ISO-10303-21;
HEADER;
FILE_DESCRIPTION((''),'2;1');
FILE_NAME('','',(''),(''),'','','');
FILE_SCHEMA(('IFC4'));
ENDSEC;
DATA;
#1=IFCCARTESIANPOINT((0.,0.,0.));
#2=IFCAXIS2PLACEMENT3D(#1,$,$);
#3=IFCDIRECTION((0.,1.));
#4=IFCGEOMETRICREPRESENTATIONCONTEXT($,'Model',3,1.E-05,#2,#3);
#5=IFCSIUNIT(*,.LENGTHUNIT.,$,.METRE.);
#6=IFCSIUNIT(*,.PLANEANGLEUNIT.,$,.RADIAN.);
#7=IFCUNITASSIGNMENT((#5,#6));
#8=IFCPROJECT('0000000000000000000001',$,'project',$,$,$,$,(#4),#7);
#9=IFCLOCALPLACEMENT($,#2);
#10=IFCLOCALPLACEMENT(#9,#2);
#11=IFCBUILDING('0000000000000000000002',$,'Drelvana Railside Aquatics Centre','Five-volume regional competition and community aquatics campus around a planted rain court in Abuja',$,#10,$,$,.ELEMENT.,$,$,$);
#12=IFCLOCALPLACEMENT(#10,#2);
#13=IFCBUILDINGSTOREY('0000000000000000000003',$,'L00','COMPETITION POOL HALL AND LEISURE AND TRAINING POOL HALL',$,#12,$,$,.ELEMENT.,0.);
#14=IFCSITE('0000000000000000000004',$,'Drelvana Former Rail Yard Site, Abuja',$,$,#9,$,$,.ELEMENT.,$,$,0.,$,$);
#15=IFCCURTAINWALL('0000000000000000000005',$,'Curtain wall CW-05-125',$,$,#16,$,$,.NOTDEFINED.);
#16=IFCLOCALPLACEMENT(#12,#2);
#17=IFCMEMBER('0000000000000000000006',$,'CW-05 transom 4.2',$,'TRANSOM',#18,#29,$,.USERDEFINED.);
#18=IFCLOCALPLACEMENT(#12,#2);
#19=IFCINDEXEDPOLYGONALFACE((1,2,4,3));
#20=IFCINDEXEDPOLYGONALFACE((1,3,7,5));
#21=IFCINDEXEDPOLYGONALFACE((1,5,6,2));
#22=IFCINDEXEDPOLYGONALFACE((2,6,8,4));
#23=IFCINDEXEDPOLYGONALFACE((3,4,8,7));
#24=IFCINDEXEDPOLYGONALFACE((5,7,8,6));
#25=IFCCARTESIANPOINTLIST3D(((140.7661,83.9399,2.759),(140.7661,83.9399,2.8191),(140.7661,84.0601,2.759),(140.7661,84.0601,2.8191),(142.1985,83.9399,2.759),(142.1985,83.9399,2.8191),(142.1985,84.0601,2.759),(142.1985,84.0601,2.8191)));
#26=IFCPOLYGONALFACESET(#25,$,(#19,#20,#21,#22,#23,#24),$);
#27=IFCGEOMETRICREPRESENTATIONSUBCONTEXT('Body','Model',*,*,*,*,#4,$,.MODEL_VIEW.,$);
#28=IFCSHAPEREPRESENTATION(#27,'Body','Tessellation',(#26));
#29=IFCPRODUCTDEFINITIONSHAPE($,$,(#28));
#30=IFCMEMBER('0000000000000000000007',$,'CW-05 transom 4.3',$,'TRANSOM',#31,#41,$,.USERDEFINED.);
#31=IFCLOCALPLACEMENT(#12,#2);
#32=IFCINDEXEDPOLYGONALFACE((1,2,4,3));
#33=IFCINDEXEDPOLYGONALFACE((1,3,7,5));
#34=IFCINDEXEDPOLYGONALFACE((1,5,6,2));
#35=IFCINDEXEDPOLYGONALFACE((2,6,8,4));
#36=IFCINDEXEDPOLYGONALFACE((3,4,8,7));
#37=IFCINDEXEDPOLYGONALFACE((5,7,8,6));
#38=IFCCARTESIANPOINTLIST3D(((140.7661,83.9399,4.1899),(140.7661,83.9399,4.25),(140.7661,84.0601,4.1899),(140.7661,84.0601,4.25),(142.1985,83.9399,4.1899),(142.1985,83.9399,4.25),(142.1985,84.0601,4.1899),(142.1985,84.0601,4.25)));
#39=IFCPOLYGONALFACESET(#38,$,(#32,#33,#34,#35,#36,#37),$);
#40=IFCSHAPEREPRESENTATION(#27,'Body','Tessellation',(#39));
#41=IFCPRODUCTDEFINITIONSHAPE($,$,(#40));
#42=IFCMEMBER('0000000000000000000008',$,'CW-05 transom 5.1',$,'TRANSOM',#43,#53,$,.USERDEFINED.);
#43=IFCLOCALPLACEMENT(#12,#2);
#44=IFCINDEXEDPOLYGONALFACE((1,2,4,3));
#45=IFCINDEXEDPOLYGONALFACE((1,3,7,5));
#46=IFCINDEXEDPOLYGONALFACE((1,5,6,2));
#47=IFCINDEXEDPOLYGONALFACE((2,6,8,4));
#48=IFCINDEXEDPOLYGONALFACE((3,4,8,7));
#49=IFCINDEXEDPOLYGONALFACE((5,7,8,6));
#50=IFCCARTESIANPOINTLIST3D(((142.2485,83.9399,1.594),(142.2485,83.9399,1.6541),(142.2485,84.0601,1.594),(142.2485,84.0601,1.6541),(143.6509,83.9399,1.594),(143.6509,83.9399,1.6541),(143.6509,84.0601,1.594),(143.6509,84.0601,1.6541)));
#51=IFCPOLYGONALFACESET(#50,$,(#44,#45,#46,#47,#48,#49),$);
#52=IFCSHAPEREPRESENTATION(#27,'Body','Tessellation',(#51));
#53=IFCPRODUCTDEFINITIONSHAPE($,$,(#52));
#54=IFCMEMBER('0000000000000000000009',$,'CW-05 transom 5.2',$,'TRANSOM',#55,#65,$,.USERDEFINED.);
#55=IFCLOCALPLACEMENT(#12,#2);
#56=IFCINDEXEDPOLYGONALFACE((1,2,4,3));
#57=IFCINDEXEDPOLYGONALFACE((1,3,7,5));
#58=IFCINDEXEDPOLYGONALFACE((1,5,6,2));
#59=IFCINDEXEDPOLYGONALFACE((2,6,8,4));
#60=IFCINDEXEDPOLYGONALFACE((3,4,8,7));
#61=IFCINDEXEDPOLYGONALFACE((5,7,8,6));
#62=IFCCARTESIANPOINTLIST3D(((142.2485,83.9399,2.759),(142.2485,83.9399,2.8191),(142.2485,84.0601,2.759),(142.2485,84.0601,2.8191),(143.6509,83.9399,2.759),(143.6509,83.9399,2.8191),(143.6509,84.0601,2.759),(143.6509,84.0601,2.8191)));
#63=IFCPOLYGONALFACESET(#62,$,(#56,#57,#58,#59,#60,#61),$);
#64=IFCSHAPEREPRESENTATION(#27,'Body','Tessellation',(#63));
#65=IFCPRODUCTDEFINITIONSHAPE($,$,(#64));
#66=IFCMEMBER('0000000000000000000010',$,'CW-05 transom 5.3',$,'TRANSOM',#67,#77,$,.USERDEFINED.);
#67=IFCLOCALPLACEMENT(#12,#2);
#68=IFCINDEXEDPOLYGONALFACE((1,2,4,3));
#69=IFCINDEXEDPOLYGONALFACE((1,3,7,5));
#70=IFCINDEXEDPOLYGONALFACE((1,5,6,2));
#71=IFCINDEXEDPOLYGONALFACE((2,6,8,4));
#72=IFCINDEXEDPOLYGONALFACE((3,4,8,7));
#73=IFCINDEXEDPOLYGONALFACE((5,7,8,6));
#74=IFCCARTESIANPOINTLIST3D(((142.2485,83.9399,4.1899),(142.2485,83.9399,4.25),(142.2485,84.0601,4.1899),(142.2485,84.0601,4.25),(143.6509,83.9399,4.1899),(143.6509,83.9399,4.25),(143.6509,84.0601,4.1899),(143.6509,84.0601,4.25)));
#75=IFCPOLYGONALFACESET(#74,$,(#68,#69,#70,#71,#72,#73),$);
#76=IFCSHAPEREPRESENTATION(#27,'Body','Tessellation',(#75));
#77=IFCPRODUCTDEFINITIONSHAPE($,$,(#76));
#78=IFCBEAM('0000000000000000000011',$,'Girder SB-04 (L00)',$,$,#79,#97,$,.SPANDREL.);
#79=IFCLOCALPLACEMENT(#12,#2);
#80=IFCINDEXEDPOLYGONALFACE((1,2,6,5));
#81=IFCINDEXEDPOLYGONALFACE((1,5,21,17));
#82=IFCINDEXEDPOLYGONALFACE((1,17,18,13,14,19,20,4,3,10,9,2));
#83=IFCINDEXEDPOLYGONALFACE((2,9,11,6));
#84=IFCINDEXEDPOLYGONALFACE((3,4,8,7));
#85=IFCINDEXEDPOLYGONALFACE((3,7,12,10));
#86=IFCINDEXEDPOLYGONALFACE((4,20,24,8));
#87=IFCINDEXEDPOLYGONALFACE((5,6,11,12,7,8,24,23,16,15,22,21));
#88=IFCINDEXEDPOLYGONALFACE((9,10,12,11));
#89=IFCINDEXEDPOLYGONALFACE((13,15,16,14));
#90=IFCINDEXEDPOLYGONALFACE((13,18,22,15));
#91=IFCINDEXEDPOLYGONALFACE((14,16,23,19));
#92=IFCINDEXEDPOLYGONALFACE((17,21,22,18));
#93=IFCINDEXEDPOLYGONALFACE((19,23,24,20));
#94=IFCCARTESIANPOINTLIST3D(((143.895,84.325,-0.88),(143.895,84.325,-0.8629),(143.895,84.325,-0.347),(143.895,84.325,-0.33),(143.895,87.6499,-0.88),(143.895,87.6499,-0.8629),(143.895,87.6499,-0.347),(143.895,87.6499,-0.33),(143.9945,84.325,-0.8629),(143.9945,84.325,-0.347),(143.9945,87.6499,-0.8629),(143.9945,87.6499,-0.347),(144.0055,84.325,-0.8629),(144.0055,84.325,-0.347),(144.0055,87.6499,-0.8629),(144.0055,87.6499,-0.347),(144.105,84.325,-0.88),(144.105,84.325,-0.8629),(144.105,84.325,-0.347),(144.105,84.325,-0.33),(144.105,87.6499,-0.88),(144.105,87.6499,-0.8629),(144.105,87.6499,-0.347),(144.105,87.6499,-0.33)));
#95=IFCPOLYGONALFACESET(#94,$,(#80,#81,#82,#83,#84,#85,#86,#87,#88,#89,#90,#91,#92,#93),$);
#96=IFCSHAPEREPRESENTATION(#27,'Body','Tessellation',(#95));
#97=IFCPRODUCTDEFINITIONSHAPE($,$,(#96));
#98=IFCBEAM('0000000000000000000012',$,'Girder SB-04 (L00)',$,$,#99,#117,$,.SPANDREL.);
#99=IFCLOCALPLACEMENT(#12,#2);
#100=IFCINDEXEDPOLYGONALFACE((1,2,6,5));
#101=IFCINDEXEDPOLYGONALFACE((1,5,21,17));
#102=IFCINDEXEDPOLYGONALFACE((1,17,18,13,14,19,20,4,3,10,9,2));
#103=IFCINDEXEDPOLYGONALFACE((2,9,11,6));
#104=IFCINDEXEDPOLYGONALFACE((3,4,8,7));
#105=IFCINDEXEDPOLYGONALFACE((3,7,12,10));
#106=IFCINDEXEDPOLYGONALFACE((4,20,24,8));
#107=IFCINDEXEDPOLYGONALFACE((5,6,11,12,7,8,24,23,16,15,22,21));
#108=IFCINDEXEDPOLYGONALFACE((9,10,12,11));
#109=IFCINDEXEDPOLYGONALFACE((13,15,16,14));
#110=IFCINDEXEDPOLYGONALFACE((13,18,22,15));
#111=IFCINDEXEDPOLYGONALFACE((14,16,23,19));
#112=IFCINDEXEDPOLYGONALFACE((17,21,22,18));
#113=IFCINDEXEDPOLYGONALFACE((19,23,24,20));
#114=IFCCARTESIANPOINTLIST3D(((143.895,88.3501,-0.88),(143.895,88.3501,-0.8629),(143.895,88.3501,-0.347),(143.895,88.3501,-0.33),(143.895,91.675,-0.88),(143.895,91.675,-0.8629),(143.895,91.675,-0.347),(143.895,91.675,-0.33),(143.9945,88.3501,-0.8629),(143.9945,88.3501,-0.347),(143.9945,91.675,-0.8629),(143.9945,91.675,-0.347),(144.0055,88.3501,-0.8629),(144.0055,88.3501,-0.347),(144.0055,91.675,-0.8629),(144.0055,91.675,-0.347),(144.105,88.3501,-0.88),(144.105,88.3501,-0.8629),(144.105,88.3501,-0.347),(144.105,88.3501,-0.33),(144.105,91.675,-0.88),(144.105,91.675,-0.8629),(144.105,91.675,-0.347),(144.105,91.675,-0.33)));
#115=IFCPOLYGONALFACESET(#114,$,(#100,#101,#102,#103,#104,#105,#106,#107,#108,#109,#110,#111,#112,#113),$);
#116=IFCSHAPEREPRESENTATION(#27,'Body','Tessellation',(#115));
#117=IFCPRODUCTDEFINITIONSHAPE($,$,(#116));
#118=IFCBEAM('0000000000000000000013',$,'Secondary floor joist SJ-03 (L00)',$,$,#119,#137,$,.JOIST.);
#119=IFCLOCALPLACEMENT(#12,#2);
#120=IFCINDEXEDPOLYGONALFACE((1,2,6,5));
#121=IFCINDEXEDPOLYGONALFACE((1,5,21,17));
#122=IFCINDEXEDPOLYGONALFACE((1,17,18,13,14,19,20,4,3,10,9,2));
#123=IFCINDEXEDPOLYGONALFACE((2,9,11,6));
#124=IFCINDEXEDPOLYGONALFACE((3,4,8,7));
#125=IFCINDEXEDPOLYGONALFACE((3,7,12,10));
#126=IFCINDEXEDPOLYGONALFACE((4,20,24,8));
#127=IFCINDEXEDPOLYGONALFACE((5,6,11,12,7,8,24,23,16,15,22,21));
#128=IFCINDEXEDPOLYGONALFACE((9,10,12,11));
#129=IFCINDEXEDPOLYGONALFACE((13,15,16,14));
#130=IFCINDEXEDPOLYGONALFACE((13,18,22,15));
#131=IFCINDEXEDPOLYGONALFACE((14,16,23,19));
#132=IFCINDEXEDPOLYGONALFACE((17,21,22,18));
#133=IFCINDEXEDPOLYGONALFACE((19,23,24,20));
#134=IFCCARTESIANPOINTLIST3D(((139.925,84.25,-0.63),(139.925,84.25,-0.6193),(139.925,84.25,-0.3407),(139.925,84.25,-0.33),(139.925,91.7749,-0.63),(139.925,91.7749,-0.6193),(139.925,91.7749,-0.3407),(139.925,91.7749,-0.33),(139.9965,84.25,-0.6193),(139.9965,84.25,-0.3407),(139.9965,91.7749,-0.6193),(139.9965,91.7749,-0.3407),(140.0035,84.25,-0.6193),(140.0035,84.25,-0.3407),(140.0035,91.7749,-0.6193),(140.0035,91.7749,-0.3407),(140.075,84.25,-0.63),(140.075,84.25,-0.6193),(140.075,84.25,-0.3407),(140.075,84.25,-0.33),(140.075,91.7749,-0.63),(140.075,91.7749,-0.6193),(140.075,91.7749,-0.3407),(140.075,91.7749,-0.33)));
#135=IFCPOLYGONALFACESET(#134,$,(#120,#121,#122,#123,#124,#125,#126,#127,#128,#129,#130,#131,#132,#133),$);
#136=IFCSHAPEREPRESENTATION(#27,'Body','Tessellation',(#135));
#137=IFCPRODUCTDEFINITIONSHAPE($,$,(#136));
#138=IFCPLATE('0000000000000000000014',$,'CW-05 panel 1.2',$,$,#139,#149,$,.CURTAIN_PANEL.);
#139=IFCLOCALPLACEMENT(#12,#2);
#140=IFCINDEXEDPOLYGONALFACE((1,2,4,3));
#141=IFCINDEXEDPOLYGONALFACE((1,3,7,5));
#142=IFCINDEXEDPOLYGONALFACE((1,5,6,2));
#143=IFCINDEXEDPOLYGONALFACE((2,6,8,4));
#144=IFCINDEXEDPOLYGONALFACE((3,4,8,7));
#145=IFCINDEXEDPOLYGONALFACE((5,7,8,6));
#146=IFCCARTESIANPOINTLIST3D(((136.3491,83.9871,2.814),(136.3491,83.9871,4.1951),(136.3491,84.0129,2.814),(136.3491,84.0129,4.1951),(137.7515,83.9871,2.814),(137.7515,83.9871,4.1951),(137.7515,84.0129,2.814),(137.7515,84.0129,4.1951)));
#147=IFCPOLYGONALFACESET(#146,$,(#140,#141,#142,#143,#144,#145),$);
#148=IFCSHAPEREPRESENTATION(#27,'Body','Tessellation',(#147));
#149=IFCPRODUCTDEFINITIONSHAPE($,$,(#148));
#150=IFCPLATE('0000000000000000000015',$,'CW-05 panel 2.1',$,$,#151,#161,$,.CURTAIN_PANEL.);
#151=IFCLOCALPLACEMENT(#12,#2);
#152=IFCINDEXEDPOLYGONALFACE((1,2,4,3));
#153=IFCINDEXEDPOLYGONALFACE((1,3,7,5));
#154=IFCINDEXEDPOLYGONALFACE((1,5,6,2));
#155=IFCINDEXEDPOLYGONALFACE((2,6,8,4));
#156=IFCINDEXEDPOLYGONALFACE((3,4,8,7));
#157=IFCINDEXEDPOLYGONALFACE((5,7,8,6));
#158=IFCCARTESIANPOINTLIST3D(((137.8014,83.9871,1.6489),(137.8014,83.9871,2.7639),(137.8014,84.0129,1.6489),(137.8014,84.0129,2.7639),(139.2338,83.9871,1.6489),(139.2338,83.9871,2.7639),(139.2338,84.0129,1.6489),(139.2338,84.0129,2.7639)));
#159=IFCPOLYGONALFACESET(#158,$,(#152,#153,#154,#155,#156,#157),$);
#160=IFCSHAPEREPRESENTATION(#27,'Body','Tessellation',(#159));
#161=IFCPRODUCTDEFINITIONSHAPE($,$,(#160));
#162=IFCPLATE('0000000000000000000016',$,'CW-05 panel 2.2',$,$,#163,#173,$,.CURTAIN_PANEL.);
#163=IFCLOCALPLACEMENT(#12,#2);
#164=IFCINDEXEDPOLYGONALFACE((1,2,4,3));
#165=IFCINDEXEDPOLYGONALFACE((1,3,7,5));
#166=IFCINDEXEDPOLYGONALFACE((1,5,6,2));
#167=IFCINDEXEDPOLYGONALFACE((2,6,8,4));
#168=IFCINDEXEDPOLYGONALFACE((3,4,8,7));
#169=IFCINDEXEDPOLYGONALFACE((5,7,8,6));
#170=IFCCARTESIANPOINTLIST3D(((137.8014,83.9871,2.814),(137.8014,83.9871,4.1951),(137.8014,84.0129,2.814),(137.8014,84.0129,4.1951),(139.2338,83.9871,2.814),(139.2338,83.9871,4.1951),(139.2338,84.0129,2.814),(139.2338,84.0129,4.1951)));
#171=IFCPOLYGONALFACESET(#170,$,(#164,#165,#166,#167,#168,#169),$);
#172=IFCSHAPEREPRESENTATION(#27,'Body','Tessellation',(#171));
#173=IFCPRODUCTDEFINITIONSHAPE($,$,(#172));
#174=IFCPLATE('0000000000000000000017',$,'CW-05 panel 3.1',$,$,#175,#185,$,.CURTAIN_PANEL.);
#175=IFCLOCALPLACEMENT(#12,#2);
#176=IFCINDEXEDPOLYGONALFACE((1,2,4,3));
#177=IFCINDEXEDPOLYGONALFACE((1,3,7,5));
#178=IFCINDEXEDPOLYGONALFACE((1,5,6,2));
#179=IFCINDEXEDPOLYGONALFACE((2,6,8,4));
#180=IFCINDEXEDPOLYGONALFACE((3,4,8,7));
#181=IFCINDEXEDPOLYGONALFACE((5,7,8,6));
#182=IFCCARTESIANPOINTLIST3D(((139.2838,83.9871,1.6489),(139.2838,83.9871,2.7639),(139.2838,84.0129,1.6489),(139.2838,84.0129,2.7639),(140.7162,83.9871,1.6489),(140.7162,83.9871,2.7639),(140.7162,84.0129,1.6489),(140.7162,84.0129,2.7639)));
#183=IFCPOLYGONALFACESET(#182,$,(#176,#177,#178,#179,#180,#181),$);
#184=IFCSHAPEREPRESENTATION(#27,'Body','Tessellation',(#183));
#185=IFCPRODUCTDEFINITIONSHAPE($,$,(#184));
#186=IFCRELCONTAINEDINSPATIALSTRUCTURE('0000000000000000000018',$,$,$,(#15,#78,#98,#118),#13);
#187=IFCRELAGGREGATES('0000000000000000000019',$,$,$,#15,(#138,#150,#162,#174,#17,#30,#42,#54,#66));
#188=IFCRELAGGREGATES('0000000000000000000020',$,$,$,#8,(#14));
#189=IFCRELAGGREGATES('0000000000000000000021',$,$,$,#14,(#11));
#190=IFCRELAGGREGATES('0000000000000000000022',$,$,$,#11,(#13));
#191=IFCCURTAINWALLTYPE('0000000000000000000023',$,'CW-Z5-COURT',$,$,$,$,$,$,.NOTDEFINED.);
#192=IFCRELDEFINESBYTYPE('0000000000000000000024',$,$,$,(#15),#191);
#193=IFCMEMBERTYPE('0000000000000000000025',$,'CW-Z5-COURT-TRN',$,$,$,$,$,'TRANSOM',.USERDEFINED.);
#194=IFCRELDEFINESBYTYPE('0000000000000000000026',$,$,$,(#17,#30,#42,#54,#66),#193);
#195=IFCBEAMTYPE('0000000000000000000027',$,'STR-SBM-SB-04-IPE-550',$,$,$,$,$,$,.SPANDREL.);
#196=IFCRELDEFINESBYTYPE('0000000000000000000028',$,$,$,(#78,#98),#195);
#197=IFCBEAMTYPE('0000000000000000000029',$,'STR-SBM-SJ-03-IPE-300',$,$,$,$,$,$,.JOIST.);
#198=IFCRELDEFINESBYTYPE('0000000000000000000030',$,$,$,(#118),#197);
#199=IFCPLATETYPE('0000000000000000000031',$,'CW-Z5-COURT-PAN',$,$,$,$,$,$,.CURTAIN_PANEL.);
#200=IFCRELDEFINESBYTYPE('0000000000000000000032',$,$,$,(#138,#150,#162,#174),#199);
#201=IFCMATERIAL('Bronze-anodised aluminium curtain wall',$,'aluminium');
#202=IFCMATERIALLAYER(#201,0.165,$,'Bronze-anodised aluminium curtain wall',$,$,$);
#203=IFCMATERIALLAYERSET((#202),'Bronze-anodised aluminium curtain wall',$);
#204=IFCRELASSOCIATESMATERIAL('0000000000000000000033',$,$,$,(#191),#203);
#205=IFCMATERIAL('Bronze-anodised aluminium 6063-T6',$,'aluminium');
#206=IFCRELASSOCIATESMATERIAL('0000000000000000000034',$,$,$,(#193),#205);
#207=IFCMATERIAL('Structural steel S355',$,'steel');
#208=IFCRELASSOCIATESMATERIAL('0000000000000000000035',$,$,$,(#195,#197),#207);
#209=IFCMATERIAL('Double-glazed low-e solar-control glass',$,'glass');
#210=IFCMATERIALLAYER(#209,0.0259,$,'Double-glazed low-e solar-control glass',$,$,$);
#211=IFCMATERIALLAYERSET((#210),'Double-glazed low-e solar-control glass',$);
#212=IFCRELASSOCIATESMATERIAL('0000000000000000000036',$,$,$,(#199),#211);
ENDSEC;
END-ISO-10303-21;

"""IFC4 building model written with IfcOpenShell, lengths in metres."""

from ifc_helpers import new_model, si_unit, direction, frame, origin, origin_2d, place, context, subcontext, project, spatial, rectangle, i_section, extrude, material, layer, layer_set, material_profile, profile_set, type_object, element, aggregate, save


model = new_model("IFC4")

# Units and contexts
model_context = context("Model", 3, precision=1e-05, world=origin(), true_north=direction((0.0, 1.0)))
body_context = subcontext(model_context, "Body", "Model", "MODEL_VIEW")
ifc_project = project(units=[si_unit("LENGTHUNIT", "METRE"), si_unit("PLANEANGLEUNIT", "RADIAN")], contexts=[model_context])

# Site, building, storey
site_placement = place(None, origin())
site = spatial("IfcSite", under=ifc_project, at=site_placement, Name="Drelvana Former Rail Yard Site, Abuja", CompositionType="ELEMENT", RefElevation=0.0)
building_placement = place(site_placement, origin())
building = spatial("IfcBuilding", under=site, at=building_placement, Name="Drelvana Railside Aquatics Centre", Description="Five-volume regional competition and community aquatics campus around a planted rain court in Abuja", CompositionType="ELEMENT")
storey_placement = place(building_placement, origin())
storey = spatial("IfcBuildingStorey", under=building, at=storey_placement, Name="L00", Description="COMPETITION POOL HALL AND LEISURE AND TRAINING POOL HALL", CompositionType="ELEMENT", Elevation=0.0)

# Curtain wall, members
ifc_material_1 = material(Name="Bronze-anodised aluminium curtain wall", Category="aluminium")
ifc_layer_1 = layer(ifc_material_1, 0.165, Name="Bronze-anodised aluminium curtain wall")
ifc_layer_set_1 = layer_set([ifc_layer_1], Name="Bronze-anodised aluminium curtain wall")
curtain_wall_type = type_object("IfcCurtainWallType", Name="CW-Z5-COURT", PredefinedType="NOTDEFINED", material=ifc_layer_set_1)
curtain_wall_placement = place(storey_placement, origin())
curtain_wall = element("IfcCurtainWall", 1, at=curtain_wall_placement, inside=storey, type_object=curtain_wall_type, Name="Curtain wall CW-05-125", PredefinedType="NOTDEFINED")
ifc_material_2 = material(Name="Bronze-anodised aluminium 6063-T6", Category="aluminium")
ifc_material_profile_1 = material_profile(ifc_material_2, rectangle(XDim=0.1201, YDim=0.0601, at=origin_2d()), Name="ALU-T 60x120")
ifc_profile_set_1 = profile_set([ifc_material_profile_1], Name="Bronze-anodised aluminium 6063-T6")
member_type_1 = type_object("IfcMemberType", Name="CW-Z5-COURT-TRN", ElementType="TRANSOM", PredefinedType="USERDEFINED", material=ifc_profile_set_1)
member_1_placement = place(storey_placement, frame((140.7661, 84.0, 2.7891), z_axis=(1.0, 0.0, 0.0), x_axis=(0.0, 1.0, 0.0)))
member_1 = element("IfcMember", 2, at=member_1_placement, type_object=member_type_1, Name="CW-05 transom 4.2", ObjectType="TRANSOM", PredefinedType="USERDEFINED", context=body_context, shape_type="SweptSolid", body=[
    extrude(rectangle(XDim=0.1201, YDim=0.0601, at=origin_2d()), origin(), (0.0, 0.0, 1.0), 1.4324),
])
member_2_placement = place(storey_placement, frame((140.7661, 84.0, 4.22), z_axis=(1.0, 0.0, 0.0), x_axis=(0.0, 1.0, 0.0)))
member_2 = element("IfcMember", 3, at=member_2_placement, type_object=member_type_1, Name="CW-05 transom 4.3", ObjectType="TRANSOM", PredefinedType="USERDEFINED", context=body_context, shape_type="SweptSolid", body=[
    extrude(rectangle(XDim=0.1201, YDim=0.0601, at=origin_2d()), origin(), (0.0, 0.0, 1.0), 1.4324),
])
member_3_placement = place(storey_placement, frame((142.2485, 84.0, 1.624), z_axis=(1.0, 0.0, 0.0), x_axis=(0.0, 1.0, 0.0)))
member_3 = element("IfcMember", 4, at=member_3_placement, type_object=member_type_1, Name="CW-05 transom 5.1", ObjectType="TRANSOM", PredefinedType="USERDEFINED", context=body_context, shape_type="SweptSolid", body=[
    extrude(rectangle(XDim=0.1201, YDim=0.0601, at=origin_2d()), origin(), (0.0, 0.0, 1.0), 1.4023),
])
member_4_placement = place(storey_placement, frame((142.2485, 84.0, 2.7891), z_axis=(1.0, 0.0, 0.0), x_axis=(0.0, 1.0, 0.0)))
member_4 = element("IfcMember", 5, at=member_4_placement, type_object=member_type_1, Name="CW-05 transom 5.2", ObjectType="TRANSOM", PredefinedType="USERDEFINED", context=body_context, shape_type="SweptSolid", body=[
    extrude(rectangle(XDim=0.1201, YDim=0.0601, at=origin_2d()), origin(), (0.0, 0.0, 1.0), 1.4023),
])
member_5_placement = place(storey_placement, frame((142.2485, 84.0, 4.22), z_axis=(1.0, 0.0, 0.0), x_axis=(0.0, 1.0, 0.0)))
member_5 = element("IfcMember", 6, at=member_5_placement, type_object=member_type_1, Name="CW-05 transom 5.3", ObjectType="TRANSOM", PredefinedType="USERDEFINED", context=body_context, shape_type="SweptSolid", body=[
    extrude(rectangle(XDim=0.1201, YDim=0.0601, at=origin_2d()), origin(), (0.0, 0.0, 1.0), 1.4023),
])

# Beams
ifc_material_3 = material(Name="Structural steel S355", Category="steel")
ifc_material_profile_2 = material_profile(ifc_material_3, i_section(OverallWidth=0.21, OverallDepth=0.55, WebThickness=0.011, FlangeThickness=0.0171, at=origin_2d()), Name="IPE 550")
ifc_profile_set_2 = profile_set([ifc_material_profile_2], Name="Structural steel S355")
beam_type_1 = type_object("IfcBeamType", Name="STR-SBM-SB-04-IPE-550", PredefinedType="SPANDREL", material=ifc_profile_set_2)
for number, where, z_axis, x_axis, name in (
    (7, (144.0, 84.325, -0.605), (0.0, 1.0, 0.0), (-1.0, 0.0, 0.0), "Girder SB-04 (L00)"),
    (8, (144.0, 88.3501, -0.605), (0.0, 1.0, 0.0), (-1.0, 0.0, 0.0), "Girder SB-04 (L00)"),
):
    element("IfcBeam", number, at=place(storey_placement, frame(where, z_axis=z_axis, x_axis=x_axis)), inside=storey, type_object=beam_type_1, Name=name, PredefinedType="SPANDREL", context=body_context, shape_type="SweptSolid", body=[
        extrude(i_section(OverallWidth=0.21, OverallDepth=0.55, WebThickness=0.011, FlangeThickness=0.0171, at=origin_2d()), origin(), (0.0, 0.0, 1.0), 3.325),
    ])
ifc_material_profile_3 = material_profile(ifc_material_3, i_section(OverallWidth=0.1499, OverallDepth=0.3, WebThickness=0.0071, FlangeThickness=0.0107, at=origin_2d()), Name="IPE 300")
ifc_profile_set_3 = profile_set([ifc_material_profile_3], Name="Structural steel S355")
beam_type_2 = type_object("IfcBeamType", Name="STR-SBM-SJ-03-IPE-300", PredefinedType="JOIST", material=ifc_profile_set_3)
beam_placement = place(storey_placement, frame((140.0, 84.25, -0.48), z_axis=(0.0, 1.0, 0.0), x_axis=(-1.0, 0.0, 0.0)))
element("IfcBeam", 9, at=beam_placement, inside=storey, type_object=beam_type_2, Name="Secondary floor joist SJ-03 (L00)", PredefinedType="JOIST", context=body_context, shape_type="SweptSolid", body=[
    extrude(i_section(OverallWidth=0.1499, OverallDepth=0.3, WebThickness=0.0071, FlangeThickness=0.0107, at=origin_2d()), origin(), (0.0, 0.0, 1.0), 7.5249),
])

# Plates
ifc_material_4 = material(Name="Double-glazed low-e solar-control glass", Category="glass")
ifc_layer_2 = layer(ifc_material_4, 0.0259, Name="Double-glazed low-e solar-control glass")
ifc_layer_set_2 = layer_set([ifc_layer_2], Name="Double-glazed low-e solar-control glass")
plate_type = type_object("IfcPlateType", Name="CW-Z5-COURT-PAN", PredefinedType="CURTAIN_PANEL", material=ifc_layer_set_2)
plate_1_placement = place(storey_placement, frame((137.0503, 84.0, 2.814), z_axis=(0.0, 0.0, 1.0), x_axis=(1.0, 0.0, 0.0)))
plate_1 = element("IfcPlate", 10, at=plate_1_placement, type_object=plate_type, Name="CW-05 panel 1.2", PredefinedType="CURTAIN_PANEL", context=body_context, shape_type="SweptSolid", body=[
    extrude(rectangle(XDim=1.4023, YDim=0.0259, at=origin_2d()), origin(), (0.0, 0.0, 1.0), 1.3811),
])
plate_2_placement = place(storey_placement, frame((138.5176, 84.0, 1.6489), z_axis=(0.0, 0.0, 1.0), x_axis=(1.0, 0.0, 0.0)))
plate_2 = element("IfcPlate", 11, at=plate_2_placement, type_object=plate_type, Name="CW-05 panel 2.1", PredefinedType="CURTAIN_PANEL", context=body_context, shape_type="SweptSolid", body=[
    extrude(rectangle(XDim=1.4324, YDim=0.0259, at=origin_2d()), origin(), (0.0, 0.0, 1.0), 1.115),
])
plate_3_placement = place(storey_placement, frame((138.5176, 84.0, 2.814), z_axis=(0.0, 0.0, 1.0), x_axis=(1.0, 0.0, 0.0)))
plate_3 = element("IfcPlate", 12, at=plate_3_placement, type_object=plate_type, Name="CW-05 panel 2.2", PredefinedType="CURTAIN_PANEL", context=body_context, shape_type="SweptSolid", body=[
    extrude(rectangle(XDim=1.4324, YDim=0.0259, at=origin_2d()), origin(), (0.0, 0.0, 1.0), 1.3811),
])
plate_4_placement = place(storey_placement, frame((140.0, 84.0, 1.6489), z_axis=(0.0, 0.0, 1.0), x_axis=(1.0, 0.0, 0.0)))
plate_4 = element("IfcPlate", 13, at=plate_4_placement, type_object=plate_type, Name="CW-05 panel 3.1", PredefinedType="CURTAIN_PANEL", context=body_context, shape_type="SweptSolid", body=[
    extrude(rectangle(XDim=1.4324, YDim=0.0259, at=origin_2d()), origin(), (0.0, 0.0, 1.0), 1.115),
])
aggregate(curtain_wall, [plate_1, plate_2, plate_3, plate_4, member_1, member_2, member_3, member_4, member_5])

save(model, "model.ifc")
